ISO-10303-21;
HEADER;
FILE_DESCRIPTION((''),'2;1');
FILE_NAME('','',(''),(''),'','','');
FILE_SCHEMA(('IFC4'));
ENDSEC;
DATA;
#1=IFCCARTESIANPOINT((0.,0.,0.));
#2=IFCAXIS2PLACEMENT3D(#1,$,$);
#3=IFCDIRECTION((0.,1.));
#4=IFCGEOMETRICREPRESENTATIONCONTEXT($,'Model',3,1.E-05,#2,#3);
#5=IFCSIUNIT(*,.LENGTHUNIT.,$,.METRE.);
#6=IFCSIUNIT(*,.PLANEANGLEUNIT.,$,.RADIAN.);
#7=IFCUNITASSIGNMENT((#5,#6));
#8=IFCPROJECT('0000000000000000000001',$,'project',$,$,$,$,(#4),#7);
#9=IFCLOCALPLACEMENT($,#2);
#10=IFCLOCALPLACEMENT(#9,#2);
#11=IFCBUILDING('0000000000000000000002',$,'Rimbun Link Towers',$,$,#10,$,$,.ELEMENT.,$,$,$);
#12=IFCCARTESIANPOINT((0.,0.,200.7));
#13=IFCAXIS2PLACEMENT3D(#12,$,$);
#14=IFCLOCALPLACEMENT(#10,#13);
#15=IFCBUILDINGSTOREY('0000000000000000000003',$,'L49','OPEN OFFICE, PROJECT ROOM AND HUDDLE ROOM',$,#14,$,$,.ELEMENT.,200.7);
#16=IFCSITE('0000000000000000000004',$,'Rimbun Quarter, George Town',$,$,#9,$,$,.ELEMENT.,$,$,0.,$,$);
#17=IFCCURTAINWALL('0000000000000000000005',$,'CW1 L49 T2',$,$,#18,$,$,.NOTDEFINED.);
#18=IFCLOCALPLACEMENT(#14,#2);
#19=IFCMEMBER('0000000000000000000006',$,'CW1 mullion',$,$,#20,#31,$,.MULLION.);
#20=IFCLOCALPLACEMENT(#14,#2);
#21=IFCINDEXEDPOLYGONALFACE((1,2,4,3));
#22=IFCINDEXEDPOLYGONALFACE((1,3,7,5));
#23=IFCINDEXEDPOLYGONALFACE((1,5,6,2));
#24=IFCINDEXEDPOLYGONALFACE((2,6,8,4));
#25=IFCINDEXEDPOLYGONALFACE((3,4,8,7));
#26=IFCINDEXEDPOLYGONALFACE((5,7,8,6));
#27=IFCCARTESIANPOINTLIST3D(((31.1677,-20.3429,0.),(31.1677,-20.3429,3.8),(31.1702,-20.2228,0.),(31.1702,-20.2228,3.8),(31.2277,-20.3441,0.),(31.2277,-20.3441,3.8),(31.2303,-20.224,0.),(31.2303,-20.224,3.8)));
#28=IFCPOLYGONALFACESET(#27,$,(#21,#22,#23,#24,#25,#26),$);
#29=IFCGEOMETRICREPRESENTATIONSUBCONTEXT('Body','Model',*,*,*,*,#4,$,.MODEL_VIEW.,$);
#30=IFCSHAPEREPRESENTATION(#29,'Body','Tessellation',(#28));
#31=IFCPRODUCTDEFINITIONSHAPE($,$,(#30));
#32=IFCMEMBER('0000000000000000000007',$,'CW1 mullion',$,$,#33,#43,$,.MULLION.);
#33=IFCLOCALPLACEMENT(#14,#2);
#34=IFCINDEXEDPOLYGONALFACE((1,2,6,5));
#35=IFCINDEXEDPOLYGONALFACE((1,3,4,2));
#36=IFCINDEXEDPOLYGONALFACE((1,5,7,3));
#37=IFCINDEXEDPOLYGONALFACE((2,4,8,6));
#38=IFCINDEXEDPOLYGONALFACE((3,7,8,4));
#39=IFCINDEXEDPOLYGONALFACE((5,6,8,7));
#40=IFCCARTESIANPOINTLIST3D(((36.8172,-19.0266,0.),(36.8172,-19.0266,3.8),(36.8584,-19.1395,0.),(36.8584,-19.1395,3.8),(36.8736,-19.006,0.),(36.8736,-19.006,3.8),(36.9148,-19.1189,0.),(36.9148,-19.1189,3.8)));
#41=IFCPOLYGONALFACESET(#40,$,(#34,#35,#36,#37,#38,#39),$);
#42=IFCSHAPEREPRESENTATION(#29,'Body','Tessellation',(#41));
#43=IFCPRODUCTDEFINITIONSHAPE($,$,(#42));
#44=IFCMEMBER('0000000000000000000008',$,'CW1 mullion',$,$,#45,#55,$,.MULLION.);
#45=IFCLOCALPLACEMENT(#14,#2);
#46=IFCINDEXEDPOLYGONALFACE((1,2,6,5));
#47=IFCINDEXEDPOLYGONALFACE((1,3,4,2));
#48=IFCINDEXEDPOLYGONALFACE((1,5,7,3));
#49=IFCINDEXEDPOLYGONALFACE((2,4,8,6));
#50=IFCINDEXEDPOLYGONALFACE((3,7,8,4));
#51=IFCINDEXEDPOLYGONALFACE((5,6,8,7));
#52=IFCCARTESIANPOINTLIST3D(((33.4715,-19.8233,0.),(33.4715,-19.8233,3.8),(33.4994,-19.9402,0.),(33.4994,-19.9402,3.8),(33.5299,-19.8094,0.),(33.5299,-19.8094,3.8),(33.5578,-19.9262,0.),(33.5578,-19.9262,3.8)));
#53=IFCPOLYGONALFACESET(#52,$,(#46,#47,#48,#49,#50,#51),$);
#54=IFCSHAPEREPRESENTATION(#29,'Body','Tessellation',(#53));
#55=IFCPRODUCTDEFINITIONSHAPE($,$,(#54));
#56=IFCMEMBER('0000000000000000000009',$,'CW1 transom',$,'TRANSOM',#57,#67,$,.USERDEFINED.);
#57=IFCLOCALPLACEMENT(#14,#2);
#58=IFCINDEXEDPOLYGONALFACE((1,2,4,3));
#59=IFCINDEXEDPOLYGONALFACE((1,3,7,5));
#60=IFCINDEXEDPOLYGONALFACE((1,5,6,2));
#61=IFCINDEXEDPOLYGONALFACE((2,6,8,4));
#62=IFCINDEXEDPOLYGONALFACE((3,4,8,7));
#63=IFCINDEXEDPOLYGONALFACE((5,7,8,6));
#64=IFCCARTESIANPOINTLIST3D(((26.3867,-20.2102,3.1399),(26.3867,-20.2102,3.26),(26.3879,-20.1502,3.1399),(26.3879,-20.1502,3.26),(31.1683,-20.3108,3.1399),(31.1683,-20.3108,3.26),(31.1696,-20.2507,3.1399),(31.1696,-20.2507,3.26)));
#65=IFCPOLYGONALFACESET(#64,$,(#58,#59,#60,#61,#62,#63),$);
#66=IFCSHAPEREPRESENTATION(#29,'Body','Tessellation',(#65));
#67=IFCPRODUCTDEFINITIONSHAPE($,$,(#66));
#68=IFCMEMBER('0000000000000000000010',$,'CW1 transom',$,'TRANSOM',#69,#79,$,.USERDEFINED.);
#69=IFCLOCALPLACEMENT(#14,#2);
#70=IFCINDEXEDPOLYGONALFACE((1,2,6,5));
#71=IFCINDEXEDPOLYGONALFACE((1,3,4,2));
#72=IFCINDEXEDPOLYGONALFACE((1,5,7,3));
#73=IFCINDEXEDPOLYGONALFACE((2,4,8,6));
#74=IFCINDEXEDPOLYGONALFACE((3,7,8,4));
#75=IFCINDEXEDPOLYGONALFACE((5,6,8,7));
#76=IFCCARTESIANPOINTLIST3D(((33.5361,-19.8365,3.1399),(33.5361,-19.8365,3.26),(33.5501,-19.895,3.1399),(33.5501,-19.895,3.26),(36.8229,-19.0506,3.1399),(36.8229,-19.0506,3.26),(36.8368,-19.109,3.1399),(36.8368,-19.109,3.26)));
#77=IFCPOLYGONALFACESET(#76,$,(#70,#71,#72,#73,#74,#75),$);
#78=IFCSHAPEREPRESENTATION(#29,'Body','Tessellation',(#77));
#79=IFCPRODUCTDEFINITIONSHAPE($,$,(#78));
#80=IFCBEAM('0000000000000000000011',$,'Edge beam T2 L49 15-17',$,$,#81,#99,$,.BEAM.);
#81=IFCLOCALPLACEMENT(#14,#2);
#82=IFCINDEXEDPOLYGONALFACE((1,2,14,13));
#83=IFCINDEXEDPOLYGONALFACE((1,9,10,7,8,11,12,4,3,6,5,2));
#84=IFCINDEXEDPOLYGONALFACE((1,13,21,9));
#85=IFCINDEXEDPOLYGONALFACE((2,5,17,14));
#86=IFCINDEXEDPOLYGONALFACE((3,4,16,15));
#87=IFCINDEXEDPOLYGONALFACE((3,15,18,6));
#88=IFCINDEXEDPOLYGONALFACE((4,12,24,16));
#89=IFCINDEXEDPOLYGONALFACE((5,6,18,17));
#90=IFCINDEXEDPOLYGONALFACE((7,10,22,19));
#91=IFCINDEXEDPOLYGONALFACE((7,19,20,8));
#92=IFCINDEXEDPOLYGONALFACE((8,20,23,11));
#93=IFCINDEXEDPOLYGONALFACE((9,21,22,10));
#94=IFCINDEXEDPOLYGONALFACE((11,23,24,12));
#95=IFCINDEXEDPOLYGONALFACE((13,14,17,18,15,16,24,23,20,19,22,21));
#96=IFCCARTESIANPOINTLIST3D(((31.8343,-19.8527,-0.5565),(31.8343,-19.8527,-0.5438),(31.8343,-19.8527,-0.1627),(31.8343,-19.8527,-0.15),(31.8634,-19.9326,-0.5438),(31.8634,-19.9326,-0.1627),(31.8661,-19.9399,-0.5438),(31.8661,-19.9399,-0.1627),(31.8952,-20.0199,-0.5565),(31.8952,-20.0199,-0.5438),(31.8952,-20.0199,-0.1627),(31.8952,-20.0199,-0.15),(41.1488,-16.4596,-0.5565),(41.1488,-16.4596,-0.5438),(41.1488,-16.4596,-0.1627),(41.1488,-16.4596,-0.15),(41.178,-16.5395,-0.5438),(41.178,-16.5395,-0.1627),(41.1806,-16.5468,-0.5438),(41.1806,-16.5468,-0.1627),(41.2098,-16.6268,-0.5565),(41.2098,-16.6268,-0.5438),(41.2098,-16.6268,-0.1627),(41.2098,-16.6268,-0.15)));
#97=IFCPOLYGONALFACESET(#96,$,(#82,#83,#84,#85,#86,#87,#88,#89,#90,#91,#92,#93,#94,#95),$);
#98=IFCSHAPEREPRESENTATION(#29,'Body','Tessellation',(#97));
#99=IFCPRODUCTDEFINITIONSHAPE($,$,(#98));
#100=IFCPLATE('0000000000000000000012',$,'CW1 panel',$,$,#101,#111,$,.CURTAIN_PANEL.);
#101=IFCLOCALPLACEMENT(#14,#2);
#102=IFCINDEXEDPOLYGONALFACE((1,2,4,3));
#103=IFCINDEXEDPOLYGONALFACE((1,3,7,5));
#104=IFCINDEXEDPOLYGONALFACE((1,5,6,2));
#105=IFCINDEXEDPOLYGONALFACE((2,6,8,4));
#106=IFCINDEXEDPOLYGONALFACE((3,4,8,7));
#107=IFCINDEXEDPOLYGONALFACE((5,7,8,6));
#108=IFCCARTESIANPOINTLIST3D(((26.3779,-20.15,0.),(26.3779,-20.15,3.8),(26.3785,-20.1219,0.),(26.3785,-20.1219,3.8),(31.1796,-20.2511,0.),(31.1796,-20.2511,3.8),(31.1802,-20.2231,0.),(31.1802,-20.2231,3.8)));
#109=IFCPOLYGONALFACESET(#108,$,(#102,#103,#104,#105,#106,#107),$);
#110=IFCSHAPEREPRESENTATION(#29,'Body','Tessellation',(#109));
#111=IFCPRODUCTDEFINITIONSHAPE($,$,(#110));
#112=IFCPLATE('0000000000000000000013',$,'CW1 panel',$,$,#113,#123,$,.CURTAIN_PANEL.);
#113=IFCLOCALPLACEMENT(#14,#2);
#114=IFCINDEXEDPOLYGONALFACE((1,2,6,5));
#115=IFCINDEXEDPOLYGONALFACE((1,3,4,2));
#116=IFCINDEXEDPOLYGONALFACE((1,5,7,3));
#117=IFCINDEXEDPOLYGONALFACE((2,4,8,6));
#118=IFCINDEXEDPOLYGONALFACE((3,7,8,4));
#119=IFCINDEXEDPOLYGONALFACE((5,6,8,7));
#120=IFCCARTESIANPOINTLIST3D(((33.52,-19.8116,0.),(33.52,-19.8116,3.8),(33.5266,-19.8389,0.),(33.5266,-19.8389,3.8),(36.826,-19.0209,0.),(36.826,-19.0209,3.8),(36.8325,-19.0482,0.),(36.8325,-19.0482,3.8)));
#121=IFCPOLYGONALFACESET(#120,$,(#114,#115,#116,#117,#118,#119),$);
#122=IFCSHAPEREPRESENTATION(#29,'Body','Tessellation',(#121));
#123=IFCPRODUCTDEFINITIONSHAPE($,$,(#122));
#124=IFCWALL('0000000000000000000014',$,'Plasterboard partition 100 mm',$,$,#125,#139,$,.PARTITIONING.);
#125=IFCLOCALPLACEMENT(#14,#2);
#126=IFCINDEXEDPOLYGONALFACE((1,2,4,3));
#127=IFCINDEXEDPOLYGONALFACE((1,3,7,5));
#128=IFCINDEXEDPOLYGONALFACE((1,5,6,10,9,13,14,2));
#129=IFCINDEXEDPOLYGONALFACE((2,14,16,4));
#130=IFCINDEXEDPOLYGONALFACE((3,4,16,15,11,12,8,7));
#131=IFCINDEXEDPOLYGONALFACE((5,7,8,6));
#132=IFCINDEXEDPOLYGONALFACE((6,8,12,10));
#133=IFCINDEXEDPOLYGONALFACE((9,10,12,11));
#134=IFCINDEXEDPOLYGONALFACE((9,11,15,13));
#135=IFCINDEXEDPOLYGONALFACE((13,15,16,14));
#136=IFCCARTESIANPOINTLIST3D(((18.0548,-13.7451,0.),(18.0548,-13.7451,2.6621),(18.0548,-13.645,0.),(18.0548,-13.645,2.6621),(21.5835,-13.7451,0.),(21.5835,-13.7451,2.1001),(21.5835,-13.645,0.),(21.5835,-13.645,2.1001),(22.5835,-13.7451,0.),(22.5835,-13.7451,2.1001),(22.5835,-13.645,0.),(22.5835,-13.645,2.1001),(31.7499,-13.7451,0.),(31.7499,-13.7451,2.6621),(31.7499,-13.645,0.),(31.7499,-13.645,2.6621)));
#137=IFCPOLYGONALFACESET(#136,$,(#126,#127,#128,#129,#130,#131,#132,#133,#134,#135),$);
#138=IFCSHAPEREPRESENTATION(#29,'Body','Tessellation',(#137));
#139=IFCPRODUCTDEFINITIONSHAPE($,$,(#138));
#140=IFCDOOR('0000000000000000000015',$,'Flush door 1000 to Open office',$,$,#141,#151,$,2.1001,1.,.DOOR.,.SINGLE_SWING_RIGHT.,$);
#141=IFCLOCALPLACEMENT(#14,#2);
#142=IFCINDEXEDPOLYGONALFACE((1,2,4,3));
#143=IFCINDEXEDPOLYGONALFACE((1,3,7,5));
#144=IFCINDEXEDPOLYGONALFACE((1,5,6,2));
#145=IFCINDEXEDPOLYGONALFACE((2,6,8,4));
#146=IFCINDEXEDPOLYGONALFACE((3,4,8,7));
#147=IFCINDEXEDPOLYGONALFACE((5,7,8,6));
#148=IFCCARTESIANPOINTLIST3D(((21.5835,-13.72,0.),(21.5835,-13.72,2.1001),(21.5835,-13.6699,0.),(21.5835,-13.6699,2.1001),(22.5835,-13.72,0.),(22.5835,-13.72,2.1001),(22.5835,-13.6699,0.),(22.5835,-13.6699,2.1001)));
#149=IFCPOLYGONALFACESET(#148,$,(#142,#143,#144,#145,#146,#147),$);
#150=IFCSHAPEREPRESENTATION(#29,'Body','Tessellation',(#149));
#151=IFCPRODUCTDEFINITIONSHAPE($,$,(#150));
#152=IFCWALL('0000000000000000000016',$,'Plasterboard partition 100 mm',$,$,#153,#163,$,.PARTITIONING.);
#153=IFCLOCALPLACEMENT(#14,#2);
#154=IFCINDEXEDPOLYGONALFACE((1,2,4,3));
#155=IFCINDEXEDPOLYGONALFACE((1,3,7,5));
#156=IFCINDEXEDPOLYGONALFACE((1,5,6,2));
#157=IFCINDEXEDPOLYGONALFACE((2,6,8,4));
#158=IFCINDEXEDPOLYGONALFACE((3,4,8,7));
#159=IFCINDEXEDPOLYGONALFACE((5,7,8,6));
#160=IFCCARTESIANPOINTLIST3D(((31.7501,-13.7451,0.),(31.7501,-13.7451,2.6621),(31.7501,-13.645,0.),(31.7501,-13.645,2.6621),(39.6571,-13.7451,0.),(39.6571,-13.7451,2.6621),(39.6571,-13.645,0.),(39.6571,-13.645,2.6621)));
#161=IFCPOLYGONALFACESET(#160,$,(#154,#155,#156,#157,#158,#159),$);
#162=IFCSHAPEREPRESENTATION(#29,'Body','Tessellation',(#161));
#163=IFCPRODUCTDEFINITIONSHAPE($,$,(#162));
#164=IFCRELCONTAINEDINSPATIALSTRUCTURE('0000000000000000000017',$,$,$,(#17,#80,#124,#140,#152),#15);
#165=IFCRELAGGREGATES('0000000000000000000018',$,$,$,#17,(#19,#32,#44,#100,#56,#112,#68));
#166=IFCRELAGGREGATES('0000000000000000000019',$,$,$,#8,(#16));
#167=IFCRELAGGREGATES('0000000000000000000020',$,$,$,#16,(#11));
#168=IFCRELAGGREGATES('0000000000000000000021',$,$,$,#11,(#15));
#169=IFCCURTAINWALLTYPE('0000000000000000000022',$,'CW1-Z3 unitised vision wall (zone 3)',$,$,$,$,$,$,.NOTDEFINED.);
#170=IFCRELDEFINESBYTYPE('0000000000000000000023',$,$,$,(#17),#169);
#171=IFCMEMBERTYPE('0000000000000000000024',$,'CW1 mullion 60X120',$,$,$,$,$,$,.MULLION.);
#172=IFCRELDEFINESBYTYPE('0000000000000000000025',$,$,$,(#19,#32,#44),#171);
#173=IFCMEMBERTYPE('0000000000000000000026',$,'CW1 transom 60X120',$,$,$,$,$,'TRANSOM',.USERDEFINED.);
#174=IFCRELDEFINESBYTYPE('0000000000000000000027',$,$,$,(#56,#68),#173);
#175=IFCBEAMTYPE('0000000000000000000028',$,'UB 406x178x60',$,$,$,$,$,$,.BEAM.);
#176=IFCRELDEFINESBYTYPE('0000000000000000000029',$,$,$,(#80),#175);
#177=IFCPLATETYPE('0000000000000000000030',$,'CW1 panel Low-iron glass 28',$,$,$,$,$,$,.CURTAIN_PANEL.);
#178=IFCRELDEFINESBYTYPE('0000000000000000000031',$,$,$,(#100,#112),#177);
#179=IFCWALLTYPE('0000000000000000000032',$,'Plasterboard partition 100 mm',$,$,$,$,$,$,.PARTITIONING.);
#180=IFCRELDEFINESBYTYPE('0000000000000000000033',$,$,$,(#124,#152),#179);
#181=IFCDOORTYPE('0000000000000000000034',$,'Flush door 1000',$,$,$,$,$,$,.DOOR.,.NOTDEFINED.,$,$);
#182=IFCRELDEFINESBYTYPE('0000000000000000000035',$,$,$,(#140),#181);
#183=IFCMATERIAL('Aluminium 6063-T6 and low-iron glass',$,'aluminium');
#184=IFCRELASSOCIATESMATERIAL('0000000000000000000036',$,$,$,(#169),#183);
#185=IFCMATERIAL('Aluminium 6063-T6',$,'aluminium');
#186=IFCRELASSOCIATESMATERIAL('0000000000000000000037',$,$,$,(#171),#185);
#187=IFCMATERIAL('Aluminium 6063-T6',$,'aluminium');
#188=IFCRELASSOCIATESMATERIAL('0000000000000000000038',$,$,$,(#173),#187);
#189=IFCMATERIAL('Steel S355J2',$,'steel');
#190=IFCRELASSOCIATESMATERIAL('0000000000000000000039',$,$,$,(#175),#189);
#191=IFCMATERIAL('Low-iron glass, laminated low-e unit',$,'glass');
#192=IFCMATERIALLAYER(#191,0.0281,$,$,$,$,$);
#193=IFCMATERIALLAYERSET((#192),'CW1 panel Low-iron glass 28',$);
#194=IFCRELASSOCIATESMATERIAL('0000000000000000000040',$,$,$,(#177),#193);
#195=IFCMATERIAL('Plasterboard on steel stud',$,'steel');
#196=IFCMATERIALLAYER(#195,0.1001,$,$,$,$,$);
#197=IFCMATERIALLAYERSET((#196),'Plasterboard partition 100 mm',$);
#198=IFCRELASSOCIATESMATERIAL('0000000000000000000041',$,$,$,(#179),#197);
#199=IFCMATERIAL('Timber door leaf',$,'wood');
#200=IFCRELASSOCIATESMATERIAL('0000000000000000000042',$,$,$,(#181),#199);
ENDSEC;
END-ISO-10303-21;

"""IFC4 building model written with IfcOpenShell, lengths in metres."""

from ifc_helpers import new_model, si_unit, direction, frame, frame_2d, origin, origin_2d, place, context, subcontext, project, spatial, rectangle, i_section, extrude, material, layer, layer_set, material_profile, profile_set, type_object, element, fill, aggregate, save


model = new_model("IFC4")

# Units and contexts
model_context = context("Model", 3, precision=1e-05, world=origin(), true_north=direction((0.0, 1.0)))
body_context = subcontext(model_context, "Body", "Model", "MODEL_VIEW")
ifc_project = project(units=[si_unit("LENGTHUNIT", "METRE"), si_unit("PLANEANGLEUNIT", "RADIAN")], contexts=[model_context])

# Site, building, storey
site_placement = place(None, origin())
site = spatial("IfcSite", under=ifc_project, at=site_placement, Name="Rimbun Quarter, George Town", CompositionType="ELEMENT", RefElevation=0.0)
building_placement = place(site_placement, origin())
building = spatial("IfcBuilding", under=site, at=building_placement, Name="Rimbun Link Towers", CompositionType="ELEMENT")
storey_placement = place(building_placement, frame((0.0, 0.0, 200.7)))
storey = spatial("IfcBuildingStorey", under=building, at=storey_placement, Name="L49", Description="OPEN OFFICE, PROJECT ROOM AND HUDDLE ROOM", CompositionType="ELEMENT", Elevation=200.7)

# Curtain wall, members
ifc_material_1 = material(Name="Aluminium 6063-T6 and low-iron glass", Category="aluminium")
curtain_wall_type = type_object("IfcCurtainWallType", Name="CW1-Z3 unitised vision wall (zone 3)", PredefinedType="NOTDEFINED", material=ifc_material_1)
curtain_wall_placement = place(storey_placement, origin())
curtain_wall = element("IfcCurtainWall", 1, at=curtain_wall_placement, inside=storey, type_object=curtain_wall_type, Name="CW1 L49 T2", PredefinedType="NOTDEFINED")
ifc_material_2 = material(Name="Aluminium 6063-T6", Category="aluminium")
ifc_material_profile_1 = material_profile(ifc_material_2, rectangle(XDim=0.1201, YDim=0.0601, at=origin_2d()), Name="MULLION 60X120")
ifc_profile_set_1 = profile_set([ifc_material_profile_1], Name="Aluminium 6063-T6")
member_type_1 = type_object("IfcMemberType", Name="CW1 mullion 60X120", PredefinedType="MULLION", material=ifc_profile_set_1)
member_1_placement = place(storey_placement, frame((31.199, -20.2834, 0.0), z_axis=(0.0, 0.0, 1.0), x_axis=(-0.021066, -0.999778, 0.0)))
member_1 = element("IfcMember", 2, at=member_1_placement, type_object=member_type_1, Name="CW1 mullion", PredefinedType="MULLION", context=body_context, shape_type="SweptSolid", body=[
    extrude(rectangle(XDim=0.1201, YDim=0.0601, at=origin_2d()), origin(), (0.0, 0.0, 1.0), 3.8),
])
member_2_placement = place(storey_placement, frame((36.866, -19.0728, 0.0), z_axis=(0.0, 0.0, 1.0), x_axis=(0.342972, -0.939346, 0.0)))
member_2 = element("IfcMember", 3, at=member_2_placement, type_object=member_type_1, Name="CW1 mullion", PredefinedType="MULLION", context=body_context, shape_type="SweptSolid", body=[
    extrude(rectangle(XDim=0.1201, YDim=0.0601, at=origin_2d()), origin(), (0.0, 0.0, 1.0), 3.8),
])
member_3_placement = place(storey_placement, frame((33.5146, -19.8748, 0.0), z_axis=(0.0, 0.0, 1.0), x_axis=(0.232616, -0.972569, 0.0)))
member_3 = element("IfcMember", 4, at=member_3_placement, type_object=member_type_1, Name="CW1 mullion", PredefinedType="MULLION", context=body_context, shape_type="SweptSolid", body=[
    extrude(rectangle(XDim=0.1201, YDim=0.0601, at=origin_2d()), origin(), (0.0, 0.0, 1.0), 3.8),
])
ifc_material_3 = material(Name="Aluminium 6063-T6", Category="aluminium")
ifc_material_profile_2 = material_profile(ifc_material_3, rectangle(XDim=0.0601, YDim=0.1201, at=origin_2d()), Name="TRANSOM 60X120")
ifc_profile_set_2 = profile_set([ifc_material_profile_2], Name="Aluminium 6063-T6")
member_type_2 = type_object("IfcMemberType", Name="CW1 transom 60X120", ElementType="TRANSOM", PredefinedType="USERDEFINED", material=ifc_profile_set_2)
member_4_placement = place(storey_placement, frame((31.1689, -20.2808, 3.2), z_axis=(-0.999779, 0.021031, 0.0), x_axis=(-0.021031, -0.999779, 0.0)))
member_4 = element("IfcMember", 5, at=member_4_placement, type_object=member_type_2, Name="CW1 transom", ObjectType="TRANSOM", PredefinedType="USERDEFINED", context=body_context, shape_type="SweptSolid", body=[
    extrude(rectangle(XDim=0.0601, YDim=0.1201, at=origin_2d()), origin(), (0.0, 0.0, 1.0), 4.7827),
])
member_5_placement = place(storey_placement, frame((36.8298, -19.0798, 3.2), z_axis=(-0.972582, -0.232561, 0.0), x_axis=(0.232561, -0.972582, 0.0)))
member_5 = element("IfcMember", 6, at=member_5_placement, type_object=member_type_2, Name="CW1 transom", ObjectType="TRANSOM", PredefinedType="USERDEFINED", context=body_context, shape_type="SweptSolid", body=[
    extrude(rectangle(XDim=0.0601, YDim=0.1201, at=origin_2d()), origin(), (0.0, 0.0, 1.0), 3.3794),
])

# Beam
ifc_material_4 = material(Name="Steel S355J2", Category="steel")
ifc_material_profile_3 = material_profile(ifc_material_4, i_section(OverallWidth=0.178, OverallDepth=0.4065, WebThickness=0.0078, FlangeThickness=0.0127, at=origin_2d()), Name="UB 406x178x60")
ifc_profile_set_3 = profile_set([ifc_material_profile_3], Name="Steel S355J2")
beam_type = type_object("IfcBeamType", Name="UB 406x178x60", PredefinedType="BEAM", material=ifc_profile_set_3)
beam_placement = place(storey_placement, frame((31.8647, -19.9363, -0.3533), z_axis=(0.939599, 0.342277, 0.0), x_axis=(-0.342277, 0.939599, 0.0)))
element("IfcBeam", 7, at=beam_placement, inside=storey, type_object=beam_type, Name="Edge beam T2 L49 15-17", PredefinedType="BEAM", context=body_context, shape_type="SweptSolid", body=[
    extrude(i_section(OverallWidth=0.178, OverallDepth=0.4065, WebThickness=0.0078, FlangeThickness=0.0127, at=origin_2d()), origin(), (0.0, 0.0, 1.0), 9.9133),
])

# Plates
ifc_material_5 = material(Name="Low-iron glass, laminated low-e unit", Category="glass")
ifc_layer_1 = layer(ifc_material_5, 0.0281)
ifc_layer_set_1 = layer_set([ifc_layer_1], Name="CW1 panel Low-iron glass 28")
plate_type = type_object("IfcPlateType", Name="CW1 panel Low-iron glass 28", PredefinedType="CURTAIN_PANEL", material=ifc_layer_set_1)
plate_1_placement = place(storey_placement, frame((28.7791, -20.1865, 0.0), z_axis=(0.0, 0.0, 1.0), x_axis=(-0.999778, 0.021066, 0.0)))
plate_1 = element("IfcPlate", 8, at=plate_1_placement, type_object=plate_type, Name="CW1 panel", PredefinedType="CURTAIN_PANEL", context=body_context, shape_type="SweptSolid", body=[
    extrude(rectangle(XDim=4.8027, YDim=0.0281, at=origin_2d()), origin(), (0.0, 0.0, 1.0), 3.8),
])
plate_2_placement = place(storey_placement, frame((35.1763, -19.4299, 0.0), z_axis=(0.0, 0.0, 1.0), x_axis=(-0.972569, -0.232616, 0.0)))
plate_2 = element("IfcPlate", 9, at=plate_2_placement, type_object=plate_type, Name="CW1 panel", PredefinedType="CURTAIN_PANEL", context=body_context, shape_type="SweptSolid", body=[
    extrude(rectangle(XDim=3.3992, YDim=0.0281, at=origin_2d()), origin(), (0.0, 0.0, 1.0), 3.8),
])
aggregate(curtain_wall, [member_1, member_2, member_3, plate_1, member_4, plate_2, member_5])

# Wall, opening, door
ifc_material_6 = material(Name="Plasterboard on steel stud", Category="steel")
ifc_layer_2 = layer(ifc_material_6, 0.1001)
ifc_layer_set_2 = layer_set([ifc_layer_2], Name="Plasterboard partition 100 mm")
wall_type = type_object("IfcWallType", Name="Plasterboard partition 100 mm", PredefinedType="PARTITIONING", material=ifc_layer_set_2)
wall_1_placement = place(storey_placement, frame((31.75, -13.6951, 0.0), z_axis=(0.0, 0.0, 1.0), x_axis=(-1.0, 0.0, 0.0)))
wall_1 = element("IfcWall", 10, at=wall_1_placement, inside=storey, type_object=wall_type, Name="Plasterboard partition 100 mm", PredefinedType="PARTITIONING", context=body_context, shape_type="SweptSolid", body=[
    extrude(rectangle(XDim=13.6951, YDim=0.1001, at=frame_2d((6.8477, 0.0))), origin(), (0.0, 0.0, 1.0), 2.6621),
])
opening_1_placement = place(wall_1_placement, frame((9.1665, 0.0, 0.0)))
opening_1 = element("IfcOpeningElement", 11, at=opening_1_placement, cuts=wall_1, PredefinedType="OPENING", context=body_context, shape_type="SweptSolid", body=[
    extrude(rectangle(XDim=1.0, YDim=2.1001, at=frame_2d((0.5, 1.05))), frame((0.0, 0.0601, 0.0), z_axis=(0.0, -1.0, 0.0), x_axis=(1.0, 0.0, 0.0)), (0.0, 0.0, 1.0), 0.1201),
])
ifc_material_7 = material(Name="Timber door leaf", Category="wood")
door_type_1 = type_object("IfcDoorType", Name="Flush door 1000", OperationType="NOTDEFINED", PredefinedType="DOOR", material=ifc_material_7)
door_1_placement = place(opening_1_placement, origin())
door_1 = element("IfcDoor", 12, at=door_1_placement, inside=storey, type_object=door_type_1, Name="Flush door 1000 to Open office", OperationType="SINGLE_SWING_RIGHT", OverallHeight=2.1001, OverallWidth=1.0, PredefinedType="DOOR", context=body_context, shape_type="SweptSolid", body=[
    extrude(rectangle(XDim=1.0, YDim=2.1001, at=frame_2d((0.5, 1.05))), frame((0.0, 0.0249, 0.0), z_axis=(0.0, -1.0, 0.0), x_axis=(1.0, 0.0, 0.0)), (0.0, 0.0, 1.0), 0.05),
])
fill(opening_1, door_1)

# Wall
wall_2_placement = place(storey_placement, frame((31.75, -13.6951, 0.0), z_axis=(0.0, 0.0, 1.0), x_axis=(1.0, 0.0, 0.0)))
element("IfcWall", 13, at=wall_2_placement, inside=storey, type_object=wall_type, Name="Plasterboard partition 100 mm", PredefinedType="PARTITIONING", context=body_context, shape_type="SweptSolid", body=[
    extrude(rectangle(XDim=7.907, YDim=0.1001, at=frame_2d((3.9536, 0.0))), origin(), (0.0, 0.0, 1.0), 2.6621),
])

save(model, "model.ifc")
